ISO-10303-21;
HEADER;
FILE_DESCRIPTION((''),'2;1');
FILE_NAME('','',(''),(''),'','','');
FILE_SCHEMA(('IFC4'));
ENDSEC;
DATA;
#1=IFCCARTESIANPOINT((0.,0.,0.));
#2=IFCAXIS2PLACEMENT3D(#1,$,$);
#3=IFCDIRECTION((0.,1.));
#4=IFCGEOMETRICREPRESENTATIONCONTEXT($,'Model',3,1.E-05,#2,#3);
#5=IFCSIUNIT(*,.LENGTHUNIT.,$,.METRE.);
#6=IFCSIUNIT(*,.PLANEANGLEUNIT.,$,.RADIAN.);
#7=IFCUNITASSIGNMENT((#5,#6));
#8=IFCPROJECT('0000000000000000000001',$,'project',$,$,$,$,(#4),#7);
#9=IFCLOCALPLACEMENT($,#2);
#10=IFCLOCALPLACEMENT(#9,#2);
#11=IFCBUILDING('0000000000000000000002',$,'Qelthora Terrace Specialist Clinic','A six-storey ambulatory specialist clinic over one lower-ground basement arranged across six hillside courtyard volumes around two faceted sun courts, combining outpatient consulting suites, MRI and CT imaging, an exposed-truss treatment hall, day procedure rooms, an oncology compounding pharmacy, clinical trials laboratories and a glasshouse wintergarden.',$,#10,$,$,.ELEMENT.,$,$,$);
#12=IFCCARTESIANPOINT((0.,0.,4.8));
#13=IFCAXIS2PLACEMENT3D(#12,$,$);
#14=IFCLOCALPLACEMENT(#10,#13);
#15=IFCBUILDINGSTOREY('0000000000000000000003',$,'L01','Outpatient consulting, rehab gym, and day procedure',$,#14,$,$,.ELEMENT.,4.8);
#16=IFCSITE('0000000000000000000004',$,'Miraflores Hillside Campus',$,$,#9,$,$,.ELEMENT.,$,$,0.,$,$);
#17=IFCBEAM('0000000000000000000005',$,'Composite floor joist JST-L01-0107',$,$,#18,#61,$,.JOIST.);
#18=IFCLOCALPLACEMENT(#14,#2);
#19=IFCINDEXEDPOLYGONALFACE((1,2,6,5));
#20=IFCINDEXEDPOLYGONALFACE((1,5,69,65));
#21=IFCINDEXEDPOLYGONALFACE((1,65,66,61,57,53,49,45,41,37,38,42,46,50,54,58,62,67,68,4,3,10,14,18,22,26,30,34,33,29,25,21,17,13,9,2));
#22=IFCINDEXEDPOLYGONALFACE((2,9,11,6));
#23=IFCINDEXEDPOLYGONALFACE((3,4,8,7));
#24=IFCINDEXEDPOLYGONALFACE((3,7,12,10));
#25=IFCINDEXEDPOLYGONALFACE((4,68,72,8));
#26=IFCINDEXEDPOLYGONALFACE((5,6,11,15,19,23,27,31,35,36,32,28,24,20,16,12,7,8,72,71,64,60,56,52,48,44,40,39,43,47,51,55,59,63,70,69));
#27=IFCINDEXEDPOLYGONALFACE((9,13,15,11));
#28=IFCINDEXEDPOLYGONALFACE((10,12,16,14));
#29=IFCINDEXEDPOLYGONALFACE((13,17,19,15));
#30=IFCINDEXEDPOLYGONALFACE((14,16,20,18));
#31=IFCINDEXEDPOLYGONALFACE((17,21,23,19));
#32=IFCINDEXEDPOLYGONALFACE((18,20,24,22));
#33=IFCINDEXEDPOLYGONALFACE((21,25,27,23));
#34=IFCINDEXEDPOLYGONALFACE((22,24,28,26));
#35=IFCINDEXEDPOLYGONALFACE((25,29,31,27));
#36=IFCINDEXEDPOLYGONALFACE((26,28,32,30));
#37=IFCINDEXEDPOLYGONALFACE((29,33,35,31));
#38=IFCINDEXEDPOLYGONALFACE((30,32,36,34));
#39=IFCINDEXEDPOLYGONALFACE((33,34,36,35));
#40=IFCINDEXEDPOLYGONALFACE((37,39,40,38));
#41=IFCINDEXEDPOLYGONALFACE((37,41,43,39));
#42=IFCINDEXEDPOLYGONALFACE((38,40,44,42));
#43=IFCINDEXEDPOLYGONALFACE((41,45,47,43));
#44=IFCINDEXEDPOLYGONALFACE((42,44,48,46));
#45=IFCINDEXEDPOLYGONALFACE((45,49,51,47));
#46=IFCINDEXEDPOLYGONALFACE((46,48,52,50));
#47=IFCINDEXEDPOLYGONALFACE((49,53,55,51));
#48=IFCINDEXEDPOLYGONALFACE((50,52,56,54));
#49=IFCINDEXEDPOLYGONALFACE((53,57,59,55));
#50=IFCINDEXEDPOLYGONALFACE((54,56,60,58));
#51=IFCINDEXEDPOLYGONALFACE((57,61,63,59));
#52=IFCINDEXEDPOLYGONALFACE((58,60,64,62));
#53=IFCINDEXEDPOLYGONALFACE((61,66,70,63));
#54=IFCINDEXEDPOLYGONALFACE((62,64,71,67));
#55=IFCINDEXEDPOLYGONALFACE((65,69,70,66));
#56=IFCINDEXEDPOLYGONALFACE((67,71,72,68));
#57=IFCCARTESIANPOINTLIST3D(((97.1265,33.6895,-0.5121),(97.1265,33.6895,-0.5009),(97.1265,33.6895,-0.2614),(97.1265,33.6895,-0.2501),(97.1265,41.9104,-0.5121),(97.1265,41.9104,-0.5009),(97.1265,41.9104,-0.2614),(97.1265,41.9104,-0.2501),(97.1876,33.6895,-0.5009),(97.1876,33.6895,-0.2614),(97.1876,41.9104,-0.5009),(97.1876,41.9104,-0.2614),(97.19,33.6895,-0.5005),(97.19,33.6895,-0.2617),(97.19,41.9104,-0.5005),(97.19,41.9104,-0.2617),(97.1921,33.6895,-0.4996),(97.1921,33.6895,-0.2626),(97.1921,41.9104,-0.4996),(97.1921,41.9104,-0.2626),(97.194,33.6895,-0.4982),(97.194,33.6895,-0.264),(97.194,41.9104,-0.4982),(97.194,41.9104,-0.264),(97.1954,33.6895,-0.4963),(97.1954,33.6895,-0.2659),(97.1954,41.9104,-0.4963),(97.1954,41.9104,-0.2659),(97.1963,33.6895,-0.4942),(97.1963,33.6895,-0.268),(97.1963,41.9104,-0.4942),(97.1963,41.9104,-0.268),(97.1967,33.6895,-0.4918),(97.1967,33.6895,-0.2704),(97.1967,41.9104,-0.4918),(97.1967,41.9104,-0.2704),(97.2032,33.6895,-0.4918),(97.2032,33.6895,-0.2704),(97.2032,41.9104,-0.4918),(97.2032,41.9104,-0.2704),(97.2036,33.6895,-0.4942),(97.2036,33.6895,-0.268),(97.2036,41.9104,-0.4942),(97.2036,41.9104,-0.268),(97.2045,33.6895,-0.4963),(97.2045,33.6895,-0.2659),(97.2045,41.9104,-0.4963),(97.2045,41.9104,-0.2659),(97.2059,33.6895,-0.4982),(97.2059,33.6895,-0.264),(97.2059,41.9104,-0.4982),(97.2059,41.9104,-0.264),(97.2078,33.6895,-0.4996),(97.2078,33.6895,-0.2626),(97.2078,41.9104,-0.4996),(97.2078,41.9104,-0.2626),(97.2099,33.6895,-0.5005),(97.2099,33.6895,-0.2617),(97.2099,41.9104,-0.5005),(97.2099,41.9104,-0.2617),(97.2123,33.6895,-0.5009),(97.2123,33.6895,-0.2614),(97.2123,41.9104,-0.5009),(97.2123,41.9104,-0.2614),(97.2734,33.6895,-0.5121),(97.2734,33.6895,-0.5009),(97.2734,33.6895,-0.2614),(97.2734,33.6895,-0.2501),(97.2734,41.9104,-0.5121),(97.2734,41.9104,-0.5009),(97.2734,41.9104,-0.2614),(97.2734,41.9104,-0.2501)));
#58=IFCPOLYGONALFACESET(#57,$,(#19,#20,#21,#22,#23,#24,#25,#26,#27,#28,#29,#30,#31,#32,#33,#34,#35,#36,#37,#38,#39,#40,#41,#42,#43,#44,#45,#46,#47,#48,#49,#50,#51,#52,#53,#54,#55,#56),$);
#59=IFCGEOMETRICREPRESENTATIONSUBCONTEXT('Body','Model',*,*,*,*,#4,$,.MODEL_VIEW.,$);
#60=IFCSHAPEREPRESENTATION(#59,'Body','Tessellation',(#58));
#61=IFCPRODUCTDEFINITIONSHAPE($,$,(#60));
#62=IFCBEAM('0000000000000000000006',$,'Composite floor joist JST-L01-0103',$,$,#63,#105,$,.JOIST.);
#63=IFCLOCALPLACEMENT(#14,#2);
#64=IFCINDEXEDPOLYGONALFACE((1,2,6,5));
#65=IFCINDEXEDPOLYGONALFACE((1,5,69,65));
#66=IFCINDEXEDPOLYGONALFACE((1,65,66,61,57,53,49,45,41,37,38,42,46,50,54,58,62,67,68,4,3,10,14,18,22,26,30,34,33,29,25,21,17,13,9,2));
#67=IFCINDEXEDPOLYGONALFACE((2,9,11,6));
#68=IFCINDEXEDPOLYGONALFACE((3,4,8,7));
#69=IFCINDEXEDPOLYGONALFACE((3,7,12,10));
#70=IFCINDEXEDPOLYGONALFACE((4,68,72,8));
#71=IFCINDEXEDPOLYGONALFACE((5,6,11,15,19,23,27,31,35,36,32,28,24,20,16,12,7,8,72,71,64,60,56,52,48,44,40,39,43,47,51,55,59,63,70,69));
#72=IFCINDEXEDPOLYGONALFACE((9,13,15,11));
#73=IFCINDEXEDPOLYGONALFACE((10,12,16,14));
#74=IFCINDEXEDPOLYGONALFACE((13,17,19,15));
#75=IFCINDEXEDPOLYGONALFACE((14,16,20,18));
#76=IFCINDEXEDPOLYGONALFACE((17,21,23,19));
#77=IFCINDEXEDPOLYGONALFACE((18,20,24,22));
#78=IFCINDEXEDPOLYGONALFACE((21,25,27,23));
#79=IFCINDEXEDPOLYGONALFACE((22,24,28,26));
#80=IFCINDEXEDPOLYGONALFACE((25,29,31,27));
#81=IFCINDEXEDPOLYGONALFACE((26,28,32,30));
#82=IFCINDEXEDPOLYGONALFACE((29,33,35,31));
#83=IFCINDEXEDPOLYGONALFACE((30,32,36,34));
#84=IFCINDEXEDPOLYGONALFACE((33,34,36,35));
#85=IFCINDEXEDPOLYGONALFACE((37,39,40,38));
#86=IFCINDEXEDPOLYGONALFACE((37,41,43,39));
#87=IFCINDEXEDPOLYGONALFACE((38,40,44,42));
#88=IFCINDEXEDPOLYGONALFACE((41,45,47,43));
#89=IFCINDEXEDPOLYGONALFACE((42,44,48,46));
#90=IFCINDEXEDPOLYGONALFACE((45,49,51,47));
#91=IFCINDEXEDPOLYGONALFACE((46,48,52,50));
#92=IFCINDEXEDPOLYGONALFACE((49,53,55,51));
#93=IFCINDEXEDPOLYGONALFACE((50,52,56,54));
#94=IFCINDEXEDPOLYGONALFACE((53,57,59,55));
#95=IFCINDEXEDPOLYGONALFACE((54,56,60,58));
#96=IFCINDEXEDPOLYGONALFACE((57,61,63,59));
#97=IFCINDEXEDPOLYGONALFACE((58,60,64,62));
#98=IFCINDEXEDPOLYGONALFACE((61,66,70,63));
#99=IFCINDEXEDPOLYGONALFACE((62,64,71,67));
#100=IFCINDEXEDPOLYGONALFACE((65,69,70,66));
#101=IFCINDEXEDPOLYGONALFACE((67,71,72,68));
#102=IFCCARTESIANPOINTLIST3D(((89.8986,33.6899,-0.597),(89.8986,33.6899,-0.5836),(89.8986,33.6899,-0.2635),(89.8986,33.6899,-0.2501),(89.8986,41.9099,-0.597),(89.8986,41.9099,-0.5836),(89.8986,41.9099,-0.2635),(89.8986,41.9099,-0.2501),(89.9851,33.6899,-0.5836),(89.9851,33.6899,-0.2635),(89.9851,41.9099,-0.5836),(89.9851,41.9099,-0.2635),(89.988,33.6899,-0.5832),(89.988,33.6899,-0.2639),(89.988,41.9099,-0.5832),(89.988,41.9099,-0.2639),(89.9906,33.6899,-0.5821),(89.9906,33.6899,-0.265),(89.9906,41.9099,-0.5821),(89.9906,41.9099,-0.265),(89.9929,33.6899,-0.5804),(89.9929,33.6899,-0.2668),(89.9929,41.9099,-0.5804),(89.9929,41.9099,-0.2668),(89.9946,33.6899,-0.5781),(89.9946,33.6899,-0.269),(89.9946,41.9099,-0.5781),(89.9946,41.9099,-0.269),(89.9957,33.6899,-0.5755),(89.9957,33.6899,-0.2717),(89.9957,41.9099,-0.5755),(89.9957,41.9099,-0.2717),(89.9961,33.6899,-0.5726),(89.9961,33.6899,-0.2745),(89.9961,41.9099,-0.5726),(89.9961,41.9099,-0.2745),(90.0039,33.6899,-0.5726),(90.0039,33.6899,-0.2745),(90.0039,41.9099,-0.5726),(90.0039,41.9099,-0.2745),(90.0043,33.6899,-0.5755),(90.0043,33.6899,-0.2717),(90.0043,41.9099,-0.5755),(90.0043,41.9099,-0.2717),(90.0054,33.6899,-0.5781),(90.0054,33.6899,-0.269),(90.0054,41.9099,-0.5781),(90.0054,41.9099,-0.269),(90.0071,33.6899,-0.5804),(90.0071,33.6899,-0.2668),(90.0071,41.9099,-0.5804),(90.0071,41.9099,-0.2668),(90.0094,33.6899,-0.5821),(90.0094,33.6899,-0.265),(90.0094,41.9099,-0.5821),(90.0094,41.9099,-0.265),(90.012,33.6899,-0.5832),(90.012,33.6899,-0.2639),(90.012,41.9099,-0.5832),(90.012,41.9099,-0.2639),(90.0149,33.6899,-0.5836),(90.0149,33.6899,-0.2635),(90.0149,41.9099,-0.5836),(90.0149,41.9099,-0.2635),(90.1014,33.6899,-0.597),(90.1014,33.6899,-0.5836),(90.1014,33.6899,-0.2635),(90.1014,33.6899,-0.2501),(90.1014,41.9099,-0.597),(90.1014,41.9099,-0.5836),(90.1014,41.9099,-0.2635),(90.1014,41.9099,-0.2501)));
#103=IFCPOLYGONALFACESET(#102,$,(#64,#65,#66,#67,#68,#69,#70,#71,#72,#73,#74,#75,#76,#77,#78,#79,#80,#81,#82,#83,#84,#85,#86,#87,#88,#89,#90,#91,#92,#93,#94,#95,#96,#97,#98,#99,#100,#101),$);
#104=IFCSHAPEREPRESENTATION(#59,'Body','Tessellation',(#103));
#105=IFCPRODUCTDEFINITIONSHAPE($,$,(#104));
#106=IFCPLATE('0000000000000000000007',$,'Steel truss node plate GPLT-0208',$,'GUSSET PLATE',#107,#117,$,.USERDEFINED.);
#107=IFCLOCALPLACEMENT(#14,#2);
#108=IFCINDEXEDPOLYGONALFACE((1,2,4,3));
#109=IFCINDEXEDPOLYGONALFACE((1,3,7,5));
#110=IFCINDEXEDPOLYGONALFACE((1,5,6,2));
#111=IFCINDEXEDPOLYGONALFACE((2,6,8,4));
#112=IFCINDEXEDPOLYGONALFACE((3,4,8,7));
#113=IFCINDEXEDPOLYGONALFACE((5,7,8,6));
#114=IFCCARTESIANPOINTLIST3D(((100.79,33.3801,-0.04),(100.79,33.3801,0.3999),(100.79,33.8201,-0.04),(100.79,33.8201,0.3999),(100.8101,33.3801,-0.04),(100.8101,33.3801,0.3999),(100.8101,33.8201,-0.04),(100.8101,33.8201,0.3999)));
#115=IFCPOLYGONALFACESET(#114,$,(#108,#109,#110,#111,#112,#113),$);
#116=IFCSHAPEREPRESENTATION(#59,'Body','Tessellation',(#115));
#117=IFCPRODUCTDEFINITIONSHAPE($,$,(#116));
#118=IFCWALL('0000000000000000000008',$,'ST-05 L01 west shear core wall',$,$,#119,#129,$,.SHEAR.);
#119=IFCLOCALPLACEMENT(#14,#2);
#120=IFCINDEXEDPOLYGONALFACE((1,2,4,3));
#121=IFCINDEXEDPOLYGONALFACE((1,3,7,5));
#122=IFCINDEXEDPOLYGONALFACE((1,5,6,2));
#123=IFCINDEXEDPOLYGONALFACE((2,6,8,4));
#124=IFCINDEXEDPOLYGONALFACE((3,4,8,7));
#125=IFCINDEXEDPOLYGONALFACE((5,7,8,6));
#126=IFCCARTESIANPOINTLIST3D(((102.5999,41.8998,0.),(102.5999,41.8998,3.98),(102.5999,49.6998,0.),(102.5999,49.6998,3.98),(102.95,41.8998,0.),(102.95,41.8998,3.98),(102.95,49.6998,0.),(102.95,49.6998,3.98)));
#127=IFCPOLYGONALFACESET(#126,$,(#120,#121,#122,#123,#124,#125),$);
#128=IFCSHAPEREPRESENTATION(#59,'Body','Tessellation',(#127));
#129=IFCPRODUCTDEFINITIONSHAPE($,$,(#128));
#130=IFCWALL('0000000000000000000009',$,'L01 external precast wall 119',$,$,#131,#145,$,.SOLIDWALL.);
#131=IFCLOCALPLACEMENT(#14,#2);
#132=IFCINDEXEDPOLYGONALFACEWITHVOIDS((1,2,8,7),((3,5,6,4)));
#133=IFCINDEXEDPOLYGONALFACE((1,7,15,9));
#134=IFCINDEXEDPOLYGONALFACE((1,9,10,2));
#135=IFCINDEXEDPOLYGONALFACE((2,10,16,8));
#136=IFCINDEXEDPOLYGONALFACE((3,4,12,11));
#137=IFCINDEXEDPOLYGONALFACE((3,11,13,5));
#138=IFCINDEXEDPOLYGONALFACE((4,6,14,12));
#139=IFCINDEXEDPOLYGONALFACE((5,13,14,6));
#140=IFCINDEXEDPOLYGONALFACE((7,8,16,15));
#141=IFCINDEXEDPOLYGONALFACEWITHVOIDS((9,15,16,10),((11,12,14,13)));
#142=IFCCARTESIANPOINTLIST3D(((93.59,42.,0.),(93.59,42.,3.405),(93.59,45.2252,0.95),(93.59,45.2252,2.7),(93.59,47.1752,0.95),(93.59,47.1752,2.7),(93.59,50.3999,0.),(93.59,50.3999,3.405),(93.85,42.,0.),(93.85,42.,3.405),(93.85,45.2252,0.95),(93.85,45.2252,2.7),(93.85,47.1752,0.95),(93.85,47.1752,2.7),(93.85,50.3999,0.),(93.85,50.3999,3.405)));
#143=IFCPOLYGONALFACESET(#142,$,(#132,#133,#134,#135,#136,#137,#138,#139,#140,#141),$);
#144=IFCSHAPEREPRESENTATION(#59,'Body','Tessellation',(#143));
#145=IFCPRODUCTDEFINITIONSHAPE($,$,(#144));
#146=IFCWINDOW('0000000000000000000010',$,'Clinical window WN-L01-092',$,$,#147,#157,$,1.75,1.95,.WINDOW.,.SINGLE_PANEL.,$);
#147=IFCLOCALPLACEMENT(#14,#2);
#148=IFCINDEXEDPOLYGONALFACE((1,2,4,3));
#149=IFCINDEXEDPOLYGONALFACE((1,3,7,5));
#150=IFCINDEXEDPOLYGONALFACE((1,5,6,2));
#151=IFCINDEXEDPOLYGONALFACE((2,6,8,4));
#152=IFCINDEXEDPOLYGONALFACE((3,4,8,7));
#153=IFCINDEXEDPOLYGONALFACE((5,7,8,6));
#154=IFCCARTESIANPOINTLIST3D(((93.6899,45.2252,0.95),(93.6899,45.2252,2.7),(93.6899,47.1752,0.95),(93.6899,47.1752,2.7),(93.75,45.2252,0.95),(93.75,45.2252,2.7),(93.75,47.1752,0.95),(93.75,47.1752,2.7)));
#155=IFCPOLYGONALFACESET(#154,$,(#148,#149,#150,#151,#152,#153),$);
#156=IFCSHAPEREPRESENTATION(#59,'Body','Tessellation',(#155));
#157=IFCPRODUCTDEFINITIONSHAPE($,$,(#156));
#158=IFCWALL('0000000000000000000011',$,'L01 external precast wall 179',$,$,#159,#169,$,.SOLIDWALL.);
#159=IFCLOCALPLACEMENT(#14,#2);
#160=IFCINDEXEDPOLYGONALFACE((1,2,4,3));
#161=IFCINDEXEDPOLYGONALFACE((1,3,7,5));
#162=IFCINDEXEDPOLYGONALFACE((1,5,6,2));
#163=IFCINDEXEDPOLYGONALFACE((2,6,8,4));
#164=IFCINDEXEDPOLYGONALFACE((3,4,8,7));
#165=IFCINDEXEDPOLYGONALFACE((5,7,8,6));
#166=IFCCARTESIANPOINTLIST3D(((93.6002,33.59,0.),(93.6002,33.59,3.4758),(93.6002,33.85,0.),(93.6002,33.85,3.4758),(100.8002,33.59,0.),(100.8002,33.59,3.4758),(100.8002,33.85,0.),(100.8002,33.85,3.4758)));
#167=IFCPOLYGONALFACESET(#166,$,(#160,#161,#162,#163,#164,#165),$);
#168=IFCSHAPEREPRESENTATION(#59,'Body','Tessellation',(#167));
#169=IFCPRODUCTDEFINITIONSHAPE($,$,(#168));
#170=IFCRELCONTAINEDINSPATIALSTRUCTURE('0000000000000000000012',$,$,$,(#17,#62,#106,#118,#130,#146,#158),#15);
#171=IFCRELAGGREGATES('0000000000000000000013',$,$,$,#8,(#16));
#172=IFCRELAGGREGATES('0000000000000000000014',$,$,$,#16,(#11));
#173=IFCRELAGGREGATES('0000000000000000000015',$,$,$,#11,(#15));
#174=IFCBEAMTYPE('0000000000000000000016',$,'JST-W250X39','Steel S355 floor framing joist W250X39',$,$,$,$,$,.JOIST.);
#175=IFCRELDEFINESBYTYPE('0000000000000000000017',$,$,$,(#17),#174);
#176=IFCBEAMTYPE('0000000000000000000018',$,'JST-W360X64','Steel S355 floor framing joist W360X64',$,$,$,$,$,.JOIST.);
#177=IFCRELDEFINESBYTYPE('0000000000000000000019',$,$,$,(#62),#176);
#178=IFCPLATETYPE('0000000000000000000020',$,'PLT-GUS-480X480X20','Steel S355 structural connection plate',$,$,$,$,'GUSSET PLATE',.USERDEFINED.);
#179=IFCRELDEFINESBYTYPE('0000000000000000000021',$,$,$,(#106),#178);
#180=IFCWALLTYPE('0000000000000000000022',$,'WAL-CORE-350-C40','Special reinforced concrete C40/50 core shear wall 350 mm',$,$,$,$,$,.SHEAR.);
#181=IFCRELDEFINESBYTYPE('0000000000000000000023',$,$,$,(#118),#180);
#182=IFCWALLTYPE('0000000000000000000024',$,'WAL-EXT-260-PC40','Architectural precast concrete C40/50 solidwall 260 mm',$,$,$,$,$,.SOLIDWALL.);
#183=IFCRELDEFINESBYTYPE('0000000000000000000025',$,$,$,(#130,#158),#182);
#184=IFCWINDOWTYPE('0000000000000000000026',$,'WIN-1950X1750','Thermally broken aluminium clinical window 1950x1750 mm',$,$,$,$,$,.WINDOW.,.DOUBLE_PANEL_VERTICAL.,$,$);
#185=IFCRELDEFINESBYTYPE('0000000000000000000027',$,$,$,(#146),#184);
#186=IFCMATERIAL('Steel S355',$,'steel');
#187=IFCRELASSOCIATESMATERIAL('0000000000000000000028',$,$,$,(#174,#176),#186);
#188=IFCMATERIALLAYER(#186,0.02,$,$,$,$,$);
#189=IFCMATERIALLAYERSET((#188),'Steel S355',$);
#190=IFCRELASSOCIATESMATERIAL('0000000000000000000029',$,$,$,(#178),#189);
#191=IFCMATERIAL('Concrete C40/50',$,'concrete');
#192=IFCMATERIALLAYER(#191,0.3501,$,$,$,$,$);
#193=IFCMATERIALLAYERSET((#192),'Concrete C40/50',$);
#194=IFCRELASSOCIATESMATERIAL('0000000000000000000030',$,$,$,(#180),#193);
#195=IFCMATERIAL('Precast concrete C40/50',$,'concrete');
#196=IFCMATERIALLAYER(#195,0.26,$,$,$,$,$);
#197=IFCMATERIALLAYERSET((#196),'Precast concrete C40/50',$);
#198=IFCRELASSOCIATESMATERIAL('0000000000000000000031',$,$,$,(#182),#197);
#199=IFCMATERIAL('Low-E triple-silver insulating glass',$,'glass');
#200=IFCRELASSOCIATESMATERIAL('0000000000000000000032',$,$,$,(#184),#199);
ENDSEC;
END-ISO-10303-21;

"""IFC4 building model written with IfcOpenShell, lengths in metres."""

from ifc_helpers import new_model, si_unit, direction, frame, frame_2d, origin, origin_2d, place, context, subcontext, project, spatial, rectangle, i_section, extrude, material, layer, layer_set, material_profile, profile_set, type_object, element, fill, save


model = new_model("IFC4")

# Units and contexts
model_context = context("Model", 3, precision=1e-05, world=origin(), true_north=direction((0.0, 1.0)))
body_context = subcontext(model_context, "Body", "Model", "MODEL_VIEW")
ifc_project = project(units=[si_unit("LENGTHUNIT", "METRE"), si_unit("PLANEANGLEUNIT", "RADIAN")], contexts=[model_context])

# Site, building, storey
site_placement = place(None, origin())
site = spatial("IfcSite", under=ifc_project, at=site_placement, Name="Miraflores Hillside Campus", CompositionType="ELEMENT", RefElevation=0.0)
building_placement = place(site_placement, origin())
building = spatial("IfcBuilding", under=site, at=building_placement, Name="Qelthora Terrace Specialist Clinic", Description="A six-storey ambulatory specialist clinic over one lower-ground basement arranged across six hillside courtyard volumes around two faceted sun courts, combining outpatient consulting suites, MRI and CT imaging, an exposed-truss treatment hall, day procedure rooms, an oncology compounding pharmacy, clinical trials laboratories and a glasshouse wintergarden.", CompositionType="ELEMENT")
storey_placement = place(building_placement, frame((0.0, 0.0, 4.8)))
storey = spatial("IfcBuildingStorey", under=building, at=storey_placement, Name="L01", Description="Outpatient consulting, rehab gym, and day procedure", CompositionType="ELEMENT", Elevation=4.8)

# Shared definitions
ifc_material_1 = material(Name="Steel S355", Category="steel")

# Beams
ifc_material_profile_1 = material_profile(ifc_material_1, i_section(OverallWidth=0.147, OverallDepth=0.262, WebThickness=0.0066, FlangeThickness=0.0112, FilletRadius=0.009, at=origin_2d()), Name="W250X39")
ifc_profile_set_1 = profile_set([ifc_material_profile_1], Name="Steel S355")
beam_type_1 = type_object("IfcBeamType", Name="JST-W250X39", Description="Steel S355 floor framing joist W250X39", PredefinedType="JOIST", material=ifc_profile_set_1)
beam_1_placement = place(storey_placement, frame((97.2, 33.6895, -0.3811), z_axis=(0.0, 1.0, 0.0), x_axis=(-1.0, 0.0, 0.0)))
element("IfcBeam", 1, at=beam_1_placement, inside=storey, type_object=beam_type_1, Name="Composite floor joist JST-L01-0107", PredefinedType="JOIST", context=body_context, shape_type="SweptSolid", body=[
    extrude(i_section(OverallWidth=0.147, OverallDepth=0.262, WebThickness=0.0066, FlangeThickness=0.0112, FilletRadius=0.009, at=origin_2d()), origin(), (0.0, 0.0, 1.0), 8.2209),
])
ifc_material_profile_2 = material_profile(ifc_material_1, i_section(OverallWidth=0.2029, OverallDepth=0.3469, WebThickness=0.0078, FlangeThickness=0.0134, FilletRadius=0.011, at=origin_2d()), Name="W360X64")
ifc_profile_set_2 = profile_set([ifc_material_profile_2], Name="Steel S355")
beam_type_2 = type_object("IfcBeamType", Name="JST-W360X64", Description="Steel S355 floor framing joist W360X64", PredefinedType="JOIST", material=ifc_profile_set_2)
beam_2_placement = place(storey_placement, frame((90.0, 33.6899, -0.4236), z_axis=(0.0, 1.0, 0.0), x_axis=(-1.0, 0.0, 0.0)))
element("IfcBeam", 2, at=beam_2_placement, inside=storey, type_object=beam_type_2, Name="Composite floor joist JST-L01-0103", PredefinedType="JOIST", context=body_context, shape_type="SweptSolid", body=[
    extrude(i_section(OverallWidth=0.2029, OverallDepth=0.3469, WebThickness=0.0078, FlangeThickness=0.0134, FilletRadius=0.011, at=origin_2d()), origin(), (0.0, 0.0, 1.0), 8.22),
])

# Plate
ifc_layer_1 = layer(ifc_material_1, 0.02)
ifc_layer_set_1 = layer_set([ifc_layer_1], Name="Steel S355")
plate_type = type_object("IfcPlateType", Name="PLT-GUS-480X480X20", Description="Steel S355 structural connection plate", ElementType="GUSSET PLATE", PredefinedType="USERDEFINED", material=ifc_layer_set_1)
plate_placement = place(storey_placement, frame((100.8, 33.6001, -0.04), z_axis=(0.0, 0.0, 1.0), x_axis=(1.0, 0.0, 0.0)))
element("IfcPlate", 3, at=plate_placement, inside=storey, type_object=plate_type, Name="Steel truss node plate GPLT-0208", ObjectType="GUSSET PLATE", PredefinedType="USERDEFINED", context=body_context, shape_type="SweptSolid", body=[
    extrude(rectangle(XDim=0.02, YDim=0.4399, at=origin_2d()), origin(), (0.0, 0.0, 1.0), 0.4399),
])

# Wall
ifc_material_2 = material(Name="Concrete C40/50", Category="concrete")
ifc_layer_2 = layer(ifc_material_2, 0.3501)
ifc_layer_set_2 = layer_set([ifc_layer_2], Name="Concrete C40/50")
wall_type_1 = type_object("IfcWallType", Name="WAL-CORE-350-C40", Description="Special reinforced concrete C40/50 core shear wall 350 mm", PredefinedType="SHEAR", material=ifc_layer_set_2)
wall_1_placement = place(storey_placement, frame((102.7749, 41.8999, 0.0), z_axis=(0.0, 0.0, 1.0), x_axis=(0.0, 1.0, 0.0)))
element("IfcWall", 4, at=wall_1_placement, inside=storey, type_object=wall_type_1, Name="ST-05 L01 west shear core wall", PredefinedType="SHEAR", context=body_context, shape_type="SweptSolid", body=[
    extrude(rectangle(XDim=7.8, YDim=0.3501, at=frame_2d((3.8999, 0.0))), origin(), (0.0, 0.0, 1.0), 3.98),
])

# Wall, opening, window
ifc_material_3 = material(Name="Precast concrete C40/50", Category="concrete")
ifc_layer_3 = layer(ifc_material_3, 0.26)
ifc_layer_set_3 = layer_set([ifc_layer_3], Name="Precast concrete C40/50")
wall_type_2 = type_object("IfcWallType", Name="WAL-EXT-260-PC40", Description="Architectural precast concrete C40/50 solidwall 260 mm", PredefinedType="SOLIDWALL", material=ifc_layer_set_3)
wall_2_placement = place(storey_placement, frame((93.72, 42.0, 0.0), z_axis=(0.0, 0.0, 1.0), x_axis=(0.0, 1.0, 0.0)))
wall_2 = element("IfcWall", 5, at=wall_2_placement, inside=storey, type_object=wall_type_2, Name="L01 external precast wall 119", PredefinedType="SOLIDWALL", context=body_context, shape_type="SweptSolid", body=[
    extrude(rectangle(XDim=8.3999, YDim=0.26, at=frame_2d((4.2, 0.0))), origin(), (0.0, 0.0, 1.0), 3.405),
])
opening_1_placement = place(wall_2_placement, frame((3.2251, 0.0, 0.95)))
opening_1 = element("IfcOpeningElement", 6, at=opening_1_placement, cuts=wall_2, PredefinedType="OPENING", context=body_context, shape_type="SweptSolid", body=[
    extrude(rectangle(XDim=1.95, YDim=1.75, at=frame_2d((0.9751, 0.875))), frame((0.0, 0.1399, 0.0), z_axis=(0.0, -1.0, 0.0), x_axis=(1.0, 0.0, 0.0)), (0.0, 0.0, 1.0), 0.28),
])
ifc_material_4 = material(Name="Low-E triple-silver insulating glass", Category="glass")
window_type_1 = type_object("IfcWindowType", Name="WIN-1950X1750", Description="Thermally broken aluminium clinical window 1950x1750 mm", PartitioningType="DOUBLE_PANEL_VERTICAL", PredefinedType="WINDOW", material=ifc_material_4)
window_1_placement = place(opening_1_placement, origin())
window_1 = element("IfcWindow", 7, at=window_1_placement, inside=storey, type_object=window_type_1, Name="Clinical window WN-L01-092", OverallHeight=1.75, OverallWidth=1.95, PartitioningType="SINGLE_PANEL", PredefinedType="WINDOW", context=body_context, shape_type="SweptSolid", body=[
    extrude(rectangle(XDim=1.95, YDim=1.75, at=frame_2d((0.9751, 0.875))), frame((0.0, 0.03, 0.0), z_axis=(0.0, -1.0, 0.0), x_axis=(1.0, 0.0, 0.0)), (0.0, 0.0, 1.0), 0.0601),
])
fill(opening_1, window_1)

# Wall
wall_3_placement = place(storey_placement, frame((93.6001, 33.72, 0.0), z_axis=(0.0, 0.0, 1.0), x_axis=(1.0, 0.0, 0.0)))
element("IfcWall", 8, at=wall_3_placement, inside=storey, type_object=wall_type_2, Name="L01 external precast wall 179", PredefinedType="SOLIDWALL", context=body_context, shape_type="SweptSolid", body=[
    extrude(rectangle(XDim=7.2, YDim=0.26, at=frame_2d((3.6001, 0.0))), origin(), (0.0, 0.0, 1.0), 3.4758),
])

save(model, "model.ifc")
